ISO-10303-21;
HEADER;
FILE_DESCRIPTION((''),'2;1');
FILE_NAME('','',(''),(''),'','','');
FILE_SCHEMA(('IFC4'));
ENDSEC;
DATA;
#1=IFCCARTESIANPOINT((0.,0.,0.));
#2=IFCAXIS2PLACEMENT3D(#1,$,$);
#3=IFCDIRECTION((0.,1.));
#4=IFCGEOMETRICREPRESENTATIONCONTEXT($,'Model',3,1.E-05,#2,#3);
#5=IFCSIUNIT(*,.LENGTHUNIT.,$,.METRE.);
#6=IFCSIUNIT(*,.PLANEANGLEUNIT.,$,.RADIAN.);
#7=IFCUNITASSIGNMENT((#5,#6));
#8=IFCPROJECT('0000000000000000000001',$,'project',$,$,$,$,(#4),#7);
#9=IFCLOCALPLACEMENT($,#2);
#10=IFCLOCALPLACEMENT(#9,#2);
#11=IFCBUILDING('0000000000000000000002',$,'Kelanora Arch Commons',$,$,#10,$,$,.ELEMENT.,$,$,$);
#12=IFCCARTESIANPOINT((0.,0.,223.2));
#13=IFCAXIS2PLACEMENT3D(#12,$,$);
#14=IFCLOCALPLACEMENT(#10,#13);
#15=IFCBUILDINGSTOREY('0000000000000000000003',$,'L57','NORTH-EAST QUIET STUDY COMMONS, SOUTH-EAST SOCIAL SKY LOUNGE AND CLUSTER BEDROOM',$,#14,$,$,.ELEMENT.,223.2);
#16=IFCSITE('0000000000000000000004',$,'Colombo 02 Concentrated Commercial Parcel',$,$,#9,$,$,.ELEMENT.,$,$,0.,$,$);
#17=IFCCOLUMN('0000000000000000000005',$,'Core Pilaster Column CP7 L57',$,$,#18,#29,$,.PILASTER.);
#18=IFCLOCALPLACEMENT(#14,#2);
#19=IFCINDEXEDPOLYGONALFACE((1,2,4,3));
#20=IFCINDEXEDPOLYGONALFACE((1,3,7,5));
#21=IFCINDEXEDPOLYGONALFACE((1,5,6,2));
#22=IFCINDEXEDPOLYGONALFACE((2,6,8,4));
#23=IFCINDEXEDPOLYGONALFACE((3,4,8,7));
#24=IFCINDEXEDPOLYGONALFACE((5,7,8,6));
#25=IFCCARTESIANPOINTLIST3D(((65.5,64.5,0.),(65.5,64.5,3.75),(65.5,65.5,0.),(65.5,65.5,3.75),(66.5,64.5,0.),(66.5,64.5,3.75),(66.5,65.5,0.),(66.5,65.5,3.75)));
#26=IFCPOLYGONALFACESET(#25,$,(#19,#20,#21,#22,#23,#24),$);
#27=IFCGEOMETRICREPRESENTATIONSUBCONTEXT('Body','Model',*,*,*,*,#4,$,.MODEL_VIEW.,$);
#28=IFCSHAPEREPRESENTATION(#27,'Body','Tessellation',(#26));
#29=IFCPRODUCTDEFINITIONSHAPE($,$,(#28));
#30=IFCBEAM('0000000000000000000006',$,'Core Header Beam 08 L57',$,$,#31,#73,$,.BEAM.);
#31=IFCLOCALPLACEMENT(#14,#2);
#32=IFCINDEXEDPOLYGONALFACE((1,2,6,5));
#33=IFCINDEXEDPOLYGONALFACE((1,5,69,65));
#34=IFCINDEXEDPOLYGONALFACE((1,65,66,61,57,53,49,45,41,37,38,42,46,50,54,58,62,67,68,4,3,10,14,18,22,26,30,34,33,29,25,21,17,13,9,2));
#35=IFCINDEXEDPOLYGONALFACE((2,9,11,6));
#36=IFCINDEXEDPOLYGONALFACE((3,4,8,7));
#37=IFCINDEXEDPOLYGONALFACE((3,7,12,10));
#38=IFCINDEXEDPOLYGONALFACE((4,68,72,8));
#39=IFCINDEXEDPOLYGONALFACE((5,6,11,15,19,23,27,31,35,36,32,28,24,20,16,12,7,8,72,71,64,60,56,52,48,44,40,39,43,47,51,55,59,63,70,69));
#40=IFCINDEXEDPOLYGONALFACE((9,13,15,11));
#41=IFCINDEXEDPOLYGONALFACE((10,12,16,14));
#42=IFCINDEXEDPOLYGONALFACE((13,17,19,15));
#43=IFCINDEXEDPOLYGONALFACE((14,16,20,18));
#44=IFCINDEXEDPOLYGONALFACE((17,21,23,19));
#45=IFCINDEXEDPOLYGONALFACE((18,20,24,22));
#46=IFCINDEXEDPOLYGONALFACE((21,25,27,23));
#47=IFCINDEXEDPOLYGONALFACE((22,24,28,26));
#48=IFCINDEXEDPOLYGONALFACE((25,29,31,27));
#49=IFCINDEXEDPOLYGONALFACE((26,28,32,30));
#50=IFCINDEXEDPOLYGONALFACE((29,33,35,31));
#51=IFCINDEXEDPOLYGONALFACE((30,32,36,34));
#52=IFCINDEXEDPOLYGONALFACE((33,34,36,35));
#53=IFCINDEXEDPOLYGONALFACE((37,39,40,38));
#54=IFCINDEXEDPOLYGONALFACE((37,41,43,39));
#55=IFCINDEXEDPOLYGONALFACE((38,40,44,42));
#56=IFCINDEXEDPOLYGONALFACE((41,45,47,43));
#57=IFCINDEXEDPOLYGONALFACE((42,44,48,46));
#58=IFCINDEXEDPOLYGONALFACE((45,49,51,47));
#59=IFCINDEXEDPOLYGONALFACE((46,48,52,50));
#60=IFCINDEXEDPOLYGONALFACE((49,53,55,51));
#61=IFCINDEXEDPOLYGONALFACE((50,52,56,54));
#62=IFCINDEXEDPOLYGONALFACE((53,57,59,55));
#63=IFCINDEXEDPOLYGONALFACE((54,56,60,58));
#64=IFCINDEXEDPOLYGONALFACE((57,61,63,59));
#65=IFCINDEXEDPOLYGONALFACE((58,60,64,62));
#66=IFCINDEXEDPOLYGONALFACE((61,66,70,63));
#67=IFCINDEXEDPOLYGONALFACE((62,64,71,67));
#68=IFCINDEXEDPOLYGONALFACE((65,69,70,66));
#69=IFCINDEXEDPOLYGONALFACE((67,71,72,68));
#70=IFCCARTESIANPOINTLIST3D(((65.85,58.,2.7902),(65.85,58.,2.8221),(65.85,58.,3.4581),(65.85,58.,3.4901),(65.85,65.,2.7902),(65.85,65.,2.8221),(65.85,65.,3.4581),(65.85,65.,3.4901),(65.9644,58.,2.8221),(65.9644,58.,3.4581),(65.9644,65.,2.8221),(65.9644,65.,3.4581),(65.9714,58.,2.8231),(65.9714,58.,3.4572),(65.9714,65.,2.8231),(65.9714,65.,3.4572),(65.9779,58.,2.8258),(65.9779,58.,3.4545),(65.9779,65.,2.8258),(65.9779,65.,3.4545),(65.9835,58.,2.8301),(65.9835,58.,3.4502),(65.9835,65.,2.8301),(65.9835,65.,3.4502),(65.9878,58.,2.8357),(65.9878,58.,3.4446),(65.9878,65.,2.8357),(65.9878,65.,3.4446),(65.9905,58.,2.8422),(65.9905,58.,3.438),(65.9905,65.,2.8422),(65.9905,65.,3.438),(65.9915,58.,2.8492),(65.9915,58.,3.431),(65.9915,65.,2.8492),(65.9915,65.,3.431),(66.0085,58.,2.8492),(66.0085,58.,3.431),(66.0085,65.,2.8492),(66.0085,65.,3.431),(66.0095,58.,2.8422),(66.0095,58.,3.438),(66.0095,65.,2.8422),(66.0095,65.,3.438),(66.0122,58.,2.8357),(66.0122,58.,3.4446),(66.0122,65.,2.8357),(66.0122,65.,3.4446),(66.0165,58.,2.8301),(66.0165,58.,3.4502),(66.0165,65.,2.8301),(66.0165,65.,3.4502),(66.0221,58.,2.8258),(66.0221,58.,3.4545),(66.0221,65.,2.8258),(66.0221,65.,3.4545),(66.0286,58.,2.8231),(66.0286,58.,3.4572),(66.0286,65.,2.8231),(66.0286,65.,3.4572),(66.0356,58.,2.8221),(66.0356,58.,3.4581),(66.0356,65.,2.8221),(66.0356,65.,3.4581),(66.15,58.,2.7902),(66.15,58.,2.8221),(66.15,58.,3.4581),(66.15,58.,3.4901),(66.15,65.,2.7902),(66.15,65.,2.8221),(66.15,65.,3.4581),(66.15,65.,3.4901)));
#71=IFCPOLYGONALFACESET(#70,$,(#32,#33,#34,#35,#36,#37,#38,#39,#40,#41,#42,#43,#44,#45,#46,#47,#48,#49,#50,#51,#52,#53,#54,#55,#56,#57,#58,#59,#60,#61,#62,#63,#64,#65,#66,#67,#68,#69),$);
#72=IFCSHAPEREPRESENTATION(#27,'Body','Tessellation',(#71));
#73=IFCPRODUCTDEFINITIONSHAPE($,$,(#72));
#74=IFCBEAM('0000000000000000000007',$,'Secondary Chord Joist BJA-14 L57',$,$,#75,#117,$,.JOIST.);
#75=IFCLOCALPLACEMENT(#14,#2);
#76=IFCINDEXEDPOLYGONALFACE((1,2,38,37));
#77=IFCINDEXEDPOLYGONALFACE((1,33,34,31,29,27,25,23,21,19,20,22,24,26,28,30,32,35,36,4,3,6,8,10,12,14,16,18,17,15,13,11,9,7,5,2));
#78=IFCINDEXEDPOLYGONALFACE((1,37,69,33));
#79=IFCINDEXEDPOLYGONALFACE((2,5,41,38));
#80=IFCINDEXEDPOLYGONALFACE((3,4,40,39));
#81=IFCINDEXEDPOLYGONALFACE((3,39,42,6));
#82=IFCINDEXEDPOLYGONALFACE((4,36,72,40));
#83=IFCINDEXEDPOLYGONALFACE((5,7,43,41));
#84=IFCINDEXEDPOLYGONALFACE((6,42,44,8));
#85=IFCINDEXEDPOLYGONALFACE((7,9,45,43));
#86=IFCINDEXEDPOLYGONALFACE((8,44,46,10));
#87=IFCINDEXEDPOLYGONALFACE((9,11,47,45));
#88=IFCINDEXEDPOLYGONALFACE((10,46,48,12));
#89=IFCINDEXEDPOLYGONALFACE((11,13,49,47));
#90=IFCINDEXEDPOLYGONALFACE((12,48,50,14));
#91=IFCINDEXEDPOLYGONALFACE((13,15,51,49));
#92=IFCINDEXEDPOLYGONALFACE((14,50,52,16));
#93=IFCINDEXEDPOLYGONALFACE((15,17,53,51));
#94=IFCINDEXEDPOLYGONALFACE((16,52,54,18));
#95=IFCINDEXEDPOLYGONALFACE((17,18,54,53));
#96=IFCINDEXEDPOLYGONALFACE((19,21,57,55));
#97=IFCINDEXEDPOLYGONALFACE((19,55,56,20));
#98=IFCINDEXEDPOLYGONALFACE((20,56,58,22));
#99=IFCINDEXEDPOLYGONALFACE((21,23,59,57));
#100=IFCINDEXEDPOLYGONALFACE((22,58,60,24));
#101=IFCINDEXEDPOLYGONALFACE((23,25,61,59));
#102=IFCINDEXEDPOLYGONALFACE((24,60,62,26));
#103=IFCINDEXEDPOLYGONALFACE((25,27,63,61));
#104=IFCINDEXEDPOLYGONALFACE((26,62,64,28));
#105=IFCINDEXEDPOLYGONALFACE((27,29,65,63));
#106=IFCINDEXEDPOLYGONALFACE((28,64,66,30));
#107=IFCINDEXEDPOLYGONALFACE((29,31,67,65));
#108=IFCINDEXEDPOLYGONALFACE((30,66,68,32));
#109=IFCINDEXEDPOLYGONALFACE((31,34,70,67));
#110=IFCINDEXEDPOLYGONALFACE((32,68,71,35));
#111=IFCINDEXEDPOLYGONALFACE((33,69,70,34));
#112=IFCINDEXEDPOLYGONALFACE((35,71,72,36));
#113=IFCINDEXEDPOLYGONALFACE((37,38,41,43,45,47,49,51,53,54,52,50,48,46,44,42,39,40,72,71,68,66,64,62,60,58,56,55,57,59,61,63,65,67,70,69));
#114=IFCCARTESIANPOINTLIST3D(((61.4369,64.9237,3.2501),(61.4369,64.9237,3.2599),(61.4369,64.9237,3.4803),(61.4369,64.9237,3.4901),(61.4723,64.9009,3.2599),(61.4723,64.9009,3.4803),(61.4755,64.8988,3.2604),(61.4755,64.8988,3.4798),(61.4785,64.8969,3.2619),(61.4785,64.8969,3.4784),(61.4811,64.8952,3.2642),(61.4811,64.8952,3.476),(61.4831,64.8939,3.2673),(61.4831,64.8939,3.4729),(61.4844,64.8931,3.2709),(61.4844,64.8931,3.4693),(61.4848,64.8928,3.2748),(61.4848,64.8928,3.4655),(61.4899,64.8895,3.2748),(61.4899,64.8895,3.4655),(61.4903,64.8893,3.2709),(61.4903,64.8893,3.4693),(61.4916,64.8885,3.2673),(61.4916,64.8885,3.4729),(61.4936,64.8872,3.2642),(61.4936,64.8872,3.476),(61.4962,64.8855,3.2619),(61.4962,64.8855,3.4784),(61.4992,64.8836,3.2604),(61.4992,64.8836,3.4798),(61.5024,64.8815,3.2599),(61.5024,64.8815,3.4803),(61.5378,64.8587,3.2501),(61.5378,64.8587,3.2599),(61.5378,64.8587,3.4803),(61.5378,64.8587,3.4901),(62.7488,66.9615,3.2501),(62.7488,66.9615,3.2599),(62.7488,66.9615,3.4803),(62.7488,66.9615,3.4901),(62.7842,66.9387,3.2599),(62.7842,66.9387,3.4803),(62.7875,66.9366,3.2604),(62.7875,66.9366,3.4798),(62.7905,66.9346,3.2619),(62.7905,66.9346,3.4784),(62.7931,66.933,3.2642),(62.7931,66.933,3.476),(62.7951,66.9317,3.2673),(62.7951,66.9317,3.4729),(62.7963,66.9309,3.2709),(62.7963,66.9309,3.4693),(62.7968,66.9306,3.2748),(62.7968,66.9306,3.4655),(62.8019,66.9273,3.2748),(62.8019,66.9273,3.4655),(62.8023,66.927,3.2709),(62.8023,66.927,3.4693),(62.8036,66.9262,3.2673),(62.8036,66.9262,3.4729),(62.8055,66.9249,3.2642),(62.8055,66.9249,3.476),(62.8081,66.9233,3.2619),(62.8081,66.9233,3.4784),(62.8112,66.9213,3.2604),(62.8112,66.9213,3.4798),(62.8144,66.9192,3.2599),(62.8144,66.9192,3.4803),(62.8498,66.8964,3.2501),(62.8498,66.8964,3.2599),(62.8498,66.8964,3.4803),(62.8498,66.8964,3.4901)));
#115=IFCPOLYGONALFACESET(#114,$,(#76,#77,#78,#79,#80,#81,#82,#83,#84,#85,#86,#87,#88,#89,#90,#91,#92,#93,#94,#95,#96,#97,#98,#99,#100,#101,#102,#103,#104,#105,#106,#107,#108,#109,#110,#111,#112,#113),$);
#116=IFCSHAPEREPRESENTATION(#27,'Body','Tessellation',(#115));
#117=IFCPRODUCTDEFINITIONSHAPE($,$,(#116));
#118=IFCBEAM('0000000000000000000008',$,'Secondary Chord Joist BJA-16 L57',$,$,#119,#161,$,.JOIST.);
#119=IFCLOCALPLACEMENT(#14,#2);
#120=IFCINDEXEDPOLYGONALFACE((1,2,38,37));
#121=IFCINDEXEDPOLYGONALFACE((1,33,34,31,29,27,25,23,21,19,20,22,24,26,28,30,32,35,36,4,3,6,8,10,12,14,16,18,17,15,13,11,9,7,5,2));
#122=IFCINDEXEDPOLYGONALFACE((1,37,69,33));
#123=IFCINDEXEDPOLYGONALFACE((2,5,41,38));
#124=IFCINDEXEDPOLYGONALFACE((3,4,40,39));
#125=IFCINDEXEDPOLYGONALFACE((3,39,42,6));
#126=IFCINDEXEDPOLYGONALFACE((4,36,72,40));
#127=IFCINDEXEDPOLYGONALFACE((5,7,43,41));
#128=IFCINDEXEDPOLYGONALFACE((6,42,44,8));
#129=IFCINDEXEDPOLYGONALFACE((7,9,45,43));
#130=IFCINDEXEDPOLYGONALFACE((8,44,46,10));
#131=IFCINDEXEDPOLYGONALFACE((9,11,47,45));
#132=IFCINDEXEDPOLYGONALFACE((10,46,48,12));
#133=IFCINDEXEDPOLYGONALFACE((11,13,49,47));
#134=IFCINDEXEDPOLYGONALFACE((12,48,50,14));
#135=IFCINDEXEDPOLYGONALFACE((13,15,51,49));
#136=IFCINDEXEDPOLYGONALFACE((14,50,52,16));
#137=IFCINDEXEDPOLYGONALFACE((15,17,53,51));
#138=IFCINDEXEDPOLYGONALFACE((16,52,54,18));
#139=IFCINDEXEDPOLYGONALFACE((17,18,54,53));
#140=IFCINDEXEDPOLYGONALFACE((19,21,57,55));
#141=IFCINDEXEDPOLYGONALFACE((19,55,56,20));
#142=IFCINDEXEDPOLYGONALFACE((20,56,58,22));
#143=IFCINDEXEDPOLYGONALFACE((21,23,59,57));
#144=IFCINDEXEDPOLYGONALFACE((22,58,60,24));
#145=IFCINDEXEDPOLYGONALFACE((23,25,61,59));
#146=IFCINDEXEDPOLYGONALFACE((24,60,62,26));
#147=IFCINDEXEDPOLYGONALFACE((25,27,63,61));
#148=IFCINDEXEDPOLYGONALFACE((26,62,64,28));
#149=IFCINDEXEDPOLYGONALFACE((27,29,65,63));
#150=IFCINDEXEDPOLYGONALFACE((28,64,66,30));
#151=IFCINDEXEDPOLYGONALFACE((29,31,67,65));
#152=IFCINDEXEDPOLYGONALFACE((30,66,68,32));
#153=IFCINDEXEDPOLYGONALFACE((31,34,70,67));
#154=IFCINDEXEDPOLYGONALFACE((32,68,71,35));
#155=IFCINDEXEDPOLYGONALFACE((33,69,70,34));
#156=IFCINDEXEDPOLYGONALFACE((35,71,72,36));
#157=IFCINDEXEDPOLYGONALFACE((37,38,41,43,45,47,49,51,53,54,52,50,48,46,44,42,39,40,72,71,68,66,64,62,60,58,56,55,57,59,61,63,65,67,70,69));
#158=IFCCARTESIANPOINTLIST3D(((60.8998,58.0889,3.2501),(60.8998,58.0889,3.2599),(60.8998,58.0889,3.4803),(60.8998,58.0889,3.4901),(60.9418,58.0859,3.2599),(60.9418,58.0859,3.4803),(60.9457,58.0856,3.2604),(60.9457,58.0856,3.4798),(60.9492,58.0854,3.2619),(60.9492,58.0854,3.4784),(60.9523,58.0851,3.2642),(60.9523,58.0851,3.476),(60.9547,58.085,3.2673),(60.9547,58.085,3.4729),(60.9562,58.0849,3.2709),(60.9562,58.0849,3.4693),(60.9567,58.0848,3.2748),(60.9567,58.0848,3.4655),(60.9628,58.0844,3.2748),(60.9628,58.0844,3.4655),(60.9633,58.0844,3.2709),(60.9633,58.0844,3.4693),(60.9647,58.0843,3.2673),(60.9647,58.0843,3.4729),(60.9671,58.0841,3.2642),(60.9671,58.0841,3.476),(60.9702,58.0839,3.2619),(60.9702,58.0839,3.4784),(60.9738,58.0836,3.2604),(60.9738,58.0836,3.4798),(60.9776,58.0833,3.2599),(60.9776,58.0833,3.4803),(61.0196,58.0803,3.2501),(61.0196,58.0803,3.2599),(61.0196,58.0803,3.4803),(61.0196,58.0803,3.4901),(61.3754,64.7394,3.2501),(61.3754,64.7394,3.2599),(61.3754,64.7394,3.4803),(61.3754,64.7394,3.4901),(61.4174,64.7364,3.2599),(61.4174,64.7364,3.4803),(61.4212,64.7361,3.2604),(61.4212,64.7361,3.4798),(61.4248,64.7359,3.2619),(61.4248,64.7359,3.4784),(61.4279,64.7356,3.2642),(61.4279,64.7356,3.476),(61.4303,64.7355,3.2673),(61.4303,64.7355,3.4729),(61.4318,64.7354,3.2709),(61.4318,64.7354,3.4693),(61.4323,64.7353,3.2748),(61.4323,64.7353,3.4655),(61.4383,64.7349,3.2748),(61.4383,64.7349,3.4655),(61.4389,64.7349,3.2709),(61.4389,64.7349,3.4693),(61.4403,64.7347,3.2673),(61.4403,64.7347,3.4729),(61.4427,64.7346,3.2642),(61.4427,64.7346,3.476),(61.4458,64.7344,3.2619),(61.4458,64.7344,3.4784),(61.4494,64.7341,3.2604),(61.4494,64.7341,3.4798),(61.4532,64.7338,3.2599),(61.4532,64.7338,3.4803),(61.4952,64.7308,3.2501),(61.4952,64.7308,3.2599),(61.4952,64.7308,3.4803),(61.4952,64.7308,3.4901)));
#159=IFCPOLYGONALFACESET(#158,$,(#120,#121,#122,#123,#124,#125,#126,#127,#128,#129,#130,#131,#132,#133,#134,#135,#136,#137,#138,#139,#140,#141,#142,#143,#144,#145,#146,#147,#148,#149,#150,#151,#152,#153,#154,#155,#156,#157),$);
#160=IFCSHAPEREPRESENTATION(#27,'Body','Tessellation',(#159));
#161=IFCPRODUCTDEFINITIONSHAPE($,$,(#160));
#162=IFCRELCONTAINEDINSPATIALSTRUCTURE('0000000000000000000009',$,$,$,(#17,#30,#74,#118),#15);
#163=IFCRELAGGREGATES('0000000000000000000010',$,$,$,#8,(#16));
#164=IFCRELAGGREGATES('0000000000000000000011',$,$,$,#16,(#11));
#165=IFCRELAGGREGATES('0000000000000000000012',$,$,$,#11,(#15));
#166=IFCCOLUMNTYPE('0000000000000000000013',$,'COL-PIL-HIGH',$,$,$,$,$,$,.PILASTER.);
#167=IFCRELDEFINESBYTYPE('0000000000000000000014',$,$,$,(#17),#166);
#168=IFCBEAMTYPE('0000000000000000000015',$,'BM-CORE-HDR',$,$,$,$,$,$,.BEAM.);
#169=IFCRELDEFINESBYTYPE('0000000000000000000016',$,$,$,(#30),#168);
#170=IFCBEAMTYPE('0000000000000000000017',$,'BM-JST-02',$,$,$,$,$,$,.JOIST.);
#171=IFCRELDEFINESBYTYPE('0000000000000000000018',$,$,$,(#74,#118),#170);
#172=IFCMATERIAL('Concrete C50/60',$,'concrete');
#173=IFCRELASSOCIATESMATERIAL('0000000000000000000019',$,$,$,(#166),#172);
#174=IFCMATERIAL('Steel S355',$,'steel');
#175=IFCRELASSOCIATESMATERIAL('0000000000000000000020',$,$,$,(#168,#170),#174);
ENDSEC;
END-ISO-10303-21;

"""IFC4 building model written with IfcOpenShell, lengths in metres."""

from ifc_helpers import new_model, si_unit, direction, frame, origin, origin_2d, place, context, subcontext, project, spatial, rectangle, i_section, extrude, material, material_profile, profile_set, type_object, element, save


model = new_model("IFC4")

# Units and contexts
model_context = context("Model", 3, precision=1e-05, world=origin(), true_north=direction((0.0, 1.0)))
body_context = subcontext(model_context, "Body", "Model", "MODEL_VIEW")
ifc_project = project(units=[si_unit("LENGTHUNIT", "METRE"), si_unit("PLANEANGLEUNIT", "RADIAN")], contexts=[model_context])

# Site, building, storey
site_placement = place(None, origin())
site = spatial("IfcSite", under=ifc_project, at=site_placement, Name="Colombo 02 Concentrated Commercial Parcel", CompositionType="ELEMENT", RefElevation=0.0)
building_placement = place(site_placement, origin())
building = spatial("IfcBuilding", under=site, at=building_placement, Name="Kelanora Arch Commons", CompositionType="ELEMENT")
storey_placement = place(building_placement, frame((0.0, 0.0, 223.2)))
storey = spatial("IfcBuildingStorey", under=building, at=storey_placement, Name="L57", Description="NORTH-EAST QUIET STUDY COMMONS, SOUTH-EAST SOCIAL SKY LOUNGE AND CLUSTER BEDROOM", CompositionType="ELEMENT", Elevation=223.2)

# Column
ifc_material_1 = material(Name="Concrete C50/60", Category="concrete")
ifc_material_profile_1 = material_profile(ifc_material_1, rectangle(XDim=1.0, YDim=1.0, at=origin_2d()), Name="RC1000x1000")
ifc_profile_set_1 = profile_set([ifc_material_profile_1], Name="Concrete C50/60")
column_type = type_object("IfcColumnType", Name="COL-PIL-HIGH", PredefinedType="PILASTER", material=ifc_profile_set_1)
column_placement = place(storey_placement, frame((66.0, 65.0, 0.0), z_axis=(0.0, 0.0, 1.0), x_axis=(1.0, 0.0, 0.0)))
element("IfcColumn", 1, at=column_placement, inside=storey, type_object=column_type, Name="Core Pilaster Column CP7 L57", PredefinedType="PILASTER", context=body_context, shape_type="SweptSolid", body=[
    extrude(rectangle(XDim=1.0, YDim=1.0, at=origin_2d()), origin(), (0.0, 0.0, 1.0), 3.75),
])

# Beams
ifc_material_2 = material(Name="Steel S355", Category="steel")
ifc_material_profile_2 = material_profile(ifc_material_2, i_section(OverallWidth=0.3, OverallDepth=0.7, WebThickness=0.0171, FlangeThickness=0.032, FilletRadius=0.0271, at=origin_2d()), Name="HEB700")
ifc_profile_set_2 = profile_set([ifc_material_profile_2], Name="Steel S355")
beam_type_1 = type_object("IfcBeamType", Name="BM-CORE-HDR", PredefinedType="BEAM", material=ifc_profile_set_2)
beam_1_placement = place(storey_placement, frame((66.0, 65.0, 3.1401), z_axis=(0.0, -1.0, 0.0), x_axis=(1.0, 0.0, 0.0)))
element("IfcBeam", 2, at=beam_1_placement, inside=storey, type_object=beam_type_1, Name="Core Header Beam 08 L57", PredefinedType="BEAM", context=body_context, shape_type="SweptSolid", body=[
    extrude(i_section(OverallWidth=0.3, OverallDepth=0.7, WebThickness=0.0171, FlangeThickness=0.032, FilletRadius=0.0271, at=origin_2d()), origin(), (0.0, 0.0, 1.0), 7.0),
])
ifc_material_profile_3 = material_profile(ifc_material_2, i_section(OverallWidth=0.1201, OverallDepth=0.24, WebThickness=0.0061, FlangeThickness=0.0098, FilletRadius=0.0149, at=origin_2d()), Name="IPE240")
ifc_profile_set_3 = profile_set([ifc_material_profile_3], Name="Steel S355")
beam_type_2 = type_object("IfcBeamType", Name="BM-JST-02", PredefinedType="JOIST", material=ifc_profile_set_3)
beam_2_placement = place(storey_placement, frame((62.7993, 66.929, 3.3701), z_axis=(-0.541333, -0.840808, 0.0), x_axis=(0.840808, -0.541333, 0.0)))
element("IfcBeam", 3, at=beam_2_placement, inside=storey, type_object=beam_type_2, Name="Secondary Chord Joist BJA-14 L57", PredefinedType="JOIST", context=body_context, shape_type="SweptSolid", body=[
    extrude(i_section(OverallWidth=0.1201, OverallDepth=0.24, WebThickness=0.0061, FlangeThickness=0.0098, FilletRadius=0.0149, at=origin_2d()), origin(), (0.0, 0.0, 1.0), 2.4236),
])
beam_3_placement = place(storey_placement, frame((61.4353, 64.7351, 3.3701), z_axis=(-0.07133, -0.997453, 0.0), x_axis=(0.997453, -0.07133, 0.0)))
element("IfcBeam", 4, at=beam_3_placement, inside=storey, type_object=beam_type_2, Name="Secondary Chord Joist BJA-16 L57", PredefinedType="JOIST", context=body_context, shape_type="SweptSolid", body=[
    extrude(i_section(OverallWidth=0.1201, OverallDepth=0.24, WebThickness=0.0061, FlangeThickness=0.0098, FilletRadius=0.0149, at=origin_2d()), origin(), (0.0, 0.0, 1.0), 6.6675),
])

save(model, "model.ifc")
